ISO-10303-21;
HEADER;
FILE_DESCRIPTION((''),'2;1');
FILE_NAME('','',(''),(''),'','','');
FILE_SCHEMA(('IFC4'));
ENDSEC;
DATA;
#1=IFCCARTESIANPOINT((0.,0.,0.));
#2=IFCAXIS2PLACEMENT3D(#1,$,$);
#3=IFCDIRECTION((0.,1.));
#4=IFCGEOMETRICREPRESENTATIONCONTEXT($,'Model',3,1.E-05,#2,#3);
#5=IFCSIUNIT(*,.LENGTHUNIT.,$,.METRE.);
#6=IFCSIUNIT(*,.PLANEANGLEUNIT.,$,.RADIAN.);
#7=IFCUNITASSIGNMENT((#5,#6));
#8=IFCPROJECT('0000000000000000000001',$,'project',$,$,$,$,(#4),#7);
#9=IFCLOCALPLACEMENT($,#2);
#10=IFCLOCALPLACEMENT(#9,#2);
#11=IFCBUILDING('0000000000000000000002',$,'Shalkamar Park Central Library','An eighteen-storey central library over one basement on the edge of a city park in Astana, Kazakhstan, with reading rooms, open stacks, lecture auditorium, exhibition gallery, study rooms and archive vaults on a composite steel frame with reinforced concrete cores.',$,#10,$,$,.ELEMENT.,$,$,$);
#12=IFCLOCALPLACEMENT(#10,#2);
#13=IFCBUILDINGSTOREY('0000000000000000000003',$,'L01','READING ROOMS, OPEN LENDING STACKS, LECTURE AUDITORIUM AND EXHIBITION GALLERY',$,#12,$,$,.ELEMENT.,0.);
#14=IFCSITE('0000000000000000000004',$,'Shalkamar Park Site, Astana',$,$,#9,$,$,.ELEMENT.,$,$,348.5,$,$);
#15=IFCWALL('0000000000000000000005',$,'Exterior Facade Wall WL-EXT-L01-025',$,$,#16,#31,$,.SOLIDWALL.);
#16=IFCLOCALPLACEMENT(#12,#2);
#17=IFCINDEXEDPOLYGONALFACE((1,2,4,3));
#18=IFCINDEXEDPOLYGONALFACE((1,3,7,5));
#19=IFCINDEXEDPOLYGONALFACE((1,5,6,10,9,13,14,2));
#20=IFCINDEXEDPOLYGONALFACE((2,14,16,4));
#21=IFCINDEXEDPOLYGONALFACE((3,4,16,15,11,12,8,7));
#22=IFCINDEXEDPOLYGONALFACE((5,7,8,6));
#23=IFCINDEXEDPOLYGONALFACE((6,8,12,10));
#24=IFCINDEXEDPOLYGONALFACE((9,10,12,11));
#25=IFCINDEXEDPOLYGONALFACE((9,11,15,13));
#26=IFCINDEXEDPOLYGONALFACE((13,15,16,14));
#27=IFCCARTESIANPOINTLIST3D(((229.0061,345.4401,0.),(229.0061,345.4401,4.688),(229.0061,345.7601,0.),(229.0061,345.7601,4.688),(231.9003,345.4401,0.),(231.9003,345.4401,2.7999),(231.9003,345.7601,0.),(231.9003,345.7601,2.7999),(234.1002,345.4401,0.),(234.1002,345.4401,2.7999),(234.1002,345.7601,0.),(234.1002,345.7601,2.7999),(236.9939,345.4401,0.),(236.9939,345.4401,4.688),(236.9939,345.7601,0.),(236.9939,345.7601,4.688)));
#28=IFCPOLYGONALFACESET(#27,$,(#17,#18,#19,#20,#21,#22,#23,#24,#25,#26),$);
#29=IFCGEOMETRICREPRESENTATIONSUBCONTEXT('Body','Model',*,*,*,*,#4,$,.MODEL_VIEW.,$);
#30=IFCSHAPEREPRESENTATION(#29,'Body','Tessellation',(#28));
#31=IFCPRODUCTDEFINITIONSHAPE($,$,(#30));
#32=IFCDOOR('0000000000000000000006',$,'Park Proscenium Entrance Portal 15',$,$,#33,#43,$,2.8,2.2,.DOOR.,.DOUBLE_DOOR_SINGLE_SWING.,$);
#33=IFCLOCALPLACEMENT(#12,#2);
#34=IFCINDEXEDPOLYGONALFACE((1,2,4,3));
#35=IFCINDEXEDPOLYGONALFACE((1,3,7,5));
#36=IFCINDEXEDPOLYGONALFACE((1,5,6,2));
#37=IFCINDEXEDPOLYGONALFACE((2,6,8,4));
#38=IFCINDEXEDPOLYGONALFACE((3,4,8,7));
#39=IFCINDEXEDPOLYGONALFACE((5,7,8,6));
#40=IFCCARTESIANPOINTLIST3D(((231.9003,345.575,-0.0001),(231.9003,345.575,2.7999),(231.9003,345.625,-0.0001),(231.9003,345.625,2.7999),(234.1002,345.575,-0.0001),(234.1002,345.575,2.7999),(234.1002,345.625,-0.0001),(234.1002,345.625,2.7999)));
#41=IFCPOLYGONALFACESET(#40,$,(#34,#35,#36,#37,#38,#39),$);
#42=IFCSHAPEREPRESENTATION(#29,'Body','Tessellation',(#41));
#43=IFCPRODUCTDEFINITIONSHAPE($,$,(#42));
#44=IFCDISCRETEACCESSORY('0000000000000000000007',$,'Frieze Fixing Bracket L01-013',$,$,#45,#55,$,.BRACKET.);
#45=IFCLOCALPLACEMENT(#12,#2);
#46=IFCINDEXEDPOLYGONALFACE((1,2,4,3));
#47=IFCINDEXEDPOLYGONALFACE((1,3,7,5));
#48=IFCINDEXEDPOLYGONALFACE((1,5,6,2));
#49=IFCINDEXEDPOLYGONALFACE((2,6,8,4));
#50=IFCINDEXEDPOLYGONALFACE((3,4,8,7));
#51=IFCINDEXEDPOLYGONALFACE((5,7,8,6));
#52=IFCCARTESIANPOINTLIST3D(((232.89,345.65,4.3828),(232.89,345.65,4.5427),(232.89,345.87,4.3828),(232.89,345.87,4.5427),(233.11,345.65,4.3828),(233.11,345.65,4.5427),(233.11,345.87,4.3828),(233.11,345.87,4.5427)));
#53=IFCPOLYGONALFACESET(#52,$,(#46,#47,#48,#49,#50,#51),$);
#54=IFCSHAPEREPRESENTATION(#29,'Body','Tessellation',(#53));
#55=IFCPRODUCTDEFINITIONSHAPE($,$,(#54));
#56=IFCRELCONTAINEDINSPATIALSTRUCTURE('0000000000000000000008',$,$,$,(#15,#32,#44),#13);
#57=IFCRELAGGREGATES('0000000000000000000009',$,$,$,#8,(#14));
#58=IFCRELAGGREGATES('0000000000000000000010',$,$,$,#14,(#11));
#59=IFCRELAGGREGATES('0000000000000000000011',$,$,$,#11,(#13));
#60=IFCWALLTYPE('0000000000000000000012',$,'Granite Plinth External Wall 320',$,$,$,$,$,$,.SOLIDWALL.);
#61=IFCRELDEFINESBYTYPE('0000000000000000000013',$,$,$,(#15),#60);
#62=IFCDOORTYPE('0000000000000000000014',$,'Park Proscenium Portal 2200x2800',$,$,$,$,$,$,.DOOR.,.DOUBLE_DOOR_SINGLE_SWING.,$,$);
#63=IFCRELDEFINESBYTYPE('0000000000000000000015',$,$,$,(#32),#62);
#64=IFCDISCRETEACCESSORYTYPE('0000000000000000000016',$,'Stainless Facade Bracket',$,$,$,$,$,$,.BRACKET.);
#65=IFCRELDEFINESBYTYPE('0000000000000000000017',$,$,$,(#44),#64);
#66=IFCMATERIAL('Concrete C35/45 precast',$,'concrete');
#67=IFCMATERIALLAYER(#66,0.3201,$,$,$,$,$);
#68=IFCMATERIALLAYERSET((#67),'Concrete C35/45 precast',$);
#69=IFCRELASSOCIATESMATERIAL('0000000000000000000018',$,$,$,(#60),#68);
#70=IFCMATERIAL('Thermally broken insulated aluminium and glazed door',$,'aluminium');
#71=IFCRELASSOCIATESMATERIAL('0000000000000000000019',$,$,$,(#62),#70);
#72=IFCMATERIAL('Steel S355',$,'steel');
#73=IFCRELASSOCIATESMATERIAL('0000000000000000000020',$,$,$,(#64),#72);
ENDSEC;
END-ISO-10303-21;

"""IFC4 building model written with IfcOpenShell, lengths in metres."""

from ifc_helpers import new_model, si_unit, direction, frame, frame_2d, origin, origin_2d, place, context, subcontext, project, spatial, rectangle, extrude, material, layer, layer_set, type_object, element, fill, save


model = new_model("IFC4")

# Units and contexts
model_context = context("Model", 3, precision=1e-05, world=origin(), true_north=direction((0.0, 1.0)))
body_context = subcontext(model_context, "Body", "Model", "MODEL_VIEW")
ifc_project = project(units=[si_unit("LENGTHUNIT", "METRE"), si_unit("PLANEANGLEUNIT", "RADIAN")], contexts=[model_context])

# Site, building, storey
site_placement = place(None, origin())
site = spatial("IfcSite", under=ifc_project, at=site_placement, Name="Shalkamar Park Site, Astana", CompositionType="ELEMENT", RefElevation=348.5)
building_placement = place(site_placement, origin())
building = spatial("IfcBuilding", under=site, at=building_placement, Name="Shalkamar Park Central Library", Description="An eighteen-storey central library over one basement on the edge of a city park in Astana, Kazakhstan, with reading rooms, open stacks, lecture auditorium, exhibition gallery, study rooms and archive vaults on a composite steel frame with reinforced concrete cores.", CompositionType="ELEMENT")
storey_placement = place(building_placement, origin())
storey = spatial("IfcBuildingStorey", under=building, at=storey_placement, Name="L01", Description="READING ROOMS, OPEN LENDING STACKS, LECTURE AUDITORIUM AND EXHIBITION GALLERY", CompositionType="ELEMENT", Elevation=0.0)

# Shared definitions
ifc_material_1 = material(Name="Steel S355", Category="steel")

# Wall, opening, door
ifc_material_2 = material(Name="Concrete C35/45 precast", Category="concrete")
ifc_layer_1 = layer(ifc_material_2, 0.3201)
ifc_layer_set_1 = layer_set([ifc_layer_1], Name="Concrete C35/45 precast")
wall_type = type_object("IfcWallType", Name="Granite Plinth External Wall 320", PredefinedType="SOLIDWALL", material=ifc_layer_set_1)
wall_placement = place(storey_placement, frame((229.0061, 345.6001, 0.0), z_axis=(0.0, 0.0, 1.0), x_axis=(1.0, 0.0, 0.0)))
wall = element("IfcWall", 1, at=wall_placement, inside=storey, type_object=wall_type, Name="Exterior Facade Wall WL-EXT-L01-025", PredefinedType="SOLIDWALL", context=body_context, shape_type="SweptSolid", body=[
    extrude(rectangle(XDim=7.9878, YDim=0.3201, at=frame_2d((3.9939, 0.0))), origin(), (0.0, 0.0, 1.0), 4.688),
])
opening_placement = place(wall_placement, frame((2.894, 0.0, 0.0)))
opening = element("IfcOpeningElement", 2, at=opening_placement, cuts=wall, PredefinedType="OPENING", context=body_context, shape_type="SweptSolid", body=[
    extrude(rectangle(XDim=2.2, YDim=2.8, at=frame_2d((1.1001, 1.3999))), frame((0.0, 0.1748, 0.0), z_axis=(0.0, -1.0, 0.0), x_axis=(1.0, 0.0, 0.0)), (0.0, 0.0, 1.0), 0.3499),
])
ifc_material_3 = material(Name="Thermally broken insulated aluminium and glazed door", Category="aluminium")
door_type = type_object("IfcDoorType", Name="Park Proscenium Portal 2200x2800", OperationType="DOUBLE_DOOR_SINGLE_SWING", PredefinedType="DOOR", material=ifc_material_3)
door_placement = place(opening_placement, origin())
door = element("IfcDoor", 3, at=door_placement, inside=storey, type_object=door_type, Name="Park Proscenium Entrance Portal 15", OperationType="DOUBLE_DOOR_SINGLE_SWING", OverallHeight=2.8, OverallWidth=2.2, PredefinedType="DOOR", context=body_context, shape_type="SweptSolid", body=[
    extrude(rectangle(XDim=2.2, YDim=2.8, at=frame_2d((1.1001, 1.3999))), frame((0.0, 0.0249, 0.0), z_axis=(0.0, -1.0, 0.0), x_axis=(1.0, 0.0, 0.0)), (0.0, 0.0, 1.0), 0.05),
])
fill(opening, door)

# Discrete accessory
discrete_accessory_type = type_object("IfcDiscreteAccessoryType", Name="Stainless Facade Bracket", PredefinedType="BRACKET", material=ifc_material_1)
discrete_accessory_placement = place(storey_placement, frame((233.0, 345.76, 4.3828), z_axis=(0.0, 0.0, 1.0), x_axis=(1.0, 0.0, 0.0)))
element("IfcDiscreteAccessory", 4, at=discrete_accessory_placement, inside=storey, type_object=discrete_accessory_type, Name="Frieze Fixing Bracket L01-013", PredefinedType="BRACKET", context=body_context, shape_type="SweptSolid", body=[
    extrude(rectangle(XDim=0.22, YDim=0.22, at=origin_2d()), origin(), (0.0, 0.0, 1.0), 0.1599),
])

save(model, "model.ifc")
